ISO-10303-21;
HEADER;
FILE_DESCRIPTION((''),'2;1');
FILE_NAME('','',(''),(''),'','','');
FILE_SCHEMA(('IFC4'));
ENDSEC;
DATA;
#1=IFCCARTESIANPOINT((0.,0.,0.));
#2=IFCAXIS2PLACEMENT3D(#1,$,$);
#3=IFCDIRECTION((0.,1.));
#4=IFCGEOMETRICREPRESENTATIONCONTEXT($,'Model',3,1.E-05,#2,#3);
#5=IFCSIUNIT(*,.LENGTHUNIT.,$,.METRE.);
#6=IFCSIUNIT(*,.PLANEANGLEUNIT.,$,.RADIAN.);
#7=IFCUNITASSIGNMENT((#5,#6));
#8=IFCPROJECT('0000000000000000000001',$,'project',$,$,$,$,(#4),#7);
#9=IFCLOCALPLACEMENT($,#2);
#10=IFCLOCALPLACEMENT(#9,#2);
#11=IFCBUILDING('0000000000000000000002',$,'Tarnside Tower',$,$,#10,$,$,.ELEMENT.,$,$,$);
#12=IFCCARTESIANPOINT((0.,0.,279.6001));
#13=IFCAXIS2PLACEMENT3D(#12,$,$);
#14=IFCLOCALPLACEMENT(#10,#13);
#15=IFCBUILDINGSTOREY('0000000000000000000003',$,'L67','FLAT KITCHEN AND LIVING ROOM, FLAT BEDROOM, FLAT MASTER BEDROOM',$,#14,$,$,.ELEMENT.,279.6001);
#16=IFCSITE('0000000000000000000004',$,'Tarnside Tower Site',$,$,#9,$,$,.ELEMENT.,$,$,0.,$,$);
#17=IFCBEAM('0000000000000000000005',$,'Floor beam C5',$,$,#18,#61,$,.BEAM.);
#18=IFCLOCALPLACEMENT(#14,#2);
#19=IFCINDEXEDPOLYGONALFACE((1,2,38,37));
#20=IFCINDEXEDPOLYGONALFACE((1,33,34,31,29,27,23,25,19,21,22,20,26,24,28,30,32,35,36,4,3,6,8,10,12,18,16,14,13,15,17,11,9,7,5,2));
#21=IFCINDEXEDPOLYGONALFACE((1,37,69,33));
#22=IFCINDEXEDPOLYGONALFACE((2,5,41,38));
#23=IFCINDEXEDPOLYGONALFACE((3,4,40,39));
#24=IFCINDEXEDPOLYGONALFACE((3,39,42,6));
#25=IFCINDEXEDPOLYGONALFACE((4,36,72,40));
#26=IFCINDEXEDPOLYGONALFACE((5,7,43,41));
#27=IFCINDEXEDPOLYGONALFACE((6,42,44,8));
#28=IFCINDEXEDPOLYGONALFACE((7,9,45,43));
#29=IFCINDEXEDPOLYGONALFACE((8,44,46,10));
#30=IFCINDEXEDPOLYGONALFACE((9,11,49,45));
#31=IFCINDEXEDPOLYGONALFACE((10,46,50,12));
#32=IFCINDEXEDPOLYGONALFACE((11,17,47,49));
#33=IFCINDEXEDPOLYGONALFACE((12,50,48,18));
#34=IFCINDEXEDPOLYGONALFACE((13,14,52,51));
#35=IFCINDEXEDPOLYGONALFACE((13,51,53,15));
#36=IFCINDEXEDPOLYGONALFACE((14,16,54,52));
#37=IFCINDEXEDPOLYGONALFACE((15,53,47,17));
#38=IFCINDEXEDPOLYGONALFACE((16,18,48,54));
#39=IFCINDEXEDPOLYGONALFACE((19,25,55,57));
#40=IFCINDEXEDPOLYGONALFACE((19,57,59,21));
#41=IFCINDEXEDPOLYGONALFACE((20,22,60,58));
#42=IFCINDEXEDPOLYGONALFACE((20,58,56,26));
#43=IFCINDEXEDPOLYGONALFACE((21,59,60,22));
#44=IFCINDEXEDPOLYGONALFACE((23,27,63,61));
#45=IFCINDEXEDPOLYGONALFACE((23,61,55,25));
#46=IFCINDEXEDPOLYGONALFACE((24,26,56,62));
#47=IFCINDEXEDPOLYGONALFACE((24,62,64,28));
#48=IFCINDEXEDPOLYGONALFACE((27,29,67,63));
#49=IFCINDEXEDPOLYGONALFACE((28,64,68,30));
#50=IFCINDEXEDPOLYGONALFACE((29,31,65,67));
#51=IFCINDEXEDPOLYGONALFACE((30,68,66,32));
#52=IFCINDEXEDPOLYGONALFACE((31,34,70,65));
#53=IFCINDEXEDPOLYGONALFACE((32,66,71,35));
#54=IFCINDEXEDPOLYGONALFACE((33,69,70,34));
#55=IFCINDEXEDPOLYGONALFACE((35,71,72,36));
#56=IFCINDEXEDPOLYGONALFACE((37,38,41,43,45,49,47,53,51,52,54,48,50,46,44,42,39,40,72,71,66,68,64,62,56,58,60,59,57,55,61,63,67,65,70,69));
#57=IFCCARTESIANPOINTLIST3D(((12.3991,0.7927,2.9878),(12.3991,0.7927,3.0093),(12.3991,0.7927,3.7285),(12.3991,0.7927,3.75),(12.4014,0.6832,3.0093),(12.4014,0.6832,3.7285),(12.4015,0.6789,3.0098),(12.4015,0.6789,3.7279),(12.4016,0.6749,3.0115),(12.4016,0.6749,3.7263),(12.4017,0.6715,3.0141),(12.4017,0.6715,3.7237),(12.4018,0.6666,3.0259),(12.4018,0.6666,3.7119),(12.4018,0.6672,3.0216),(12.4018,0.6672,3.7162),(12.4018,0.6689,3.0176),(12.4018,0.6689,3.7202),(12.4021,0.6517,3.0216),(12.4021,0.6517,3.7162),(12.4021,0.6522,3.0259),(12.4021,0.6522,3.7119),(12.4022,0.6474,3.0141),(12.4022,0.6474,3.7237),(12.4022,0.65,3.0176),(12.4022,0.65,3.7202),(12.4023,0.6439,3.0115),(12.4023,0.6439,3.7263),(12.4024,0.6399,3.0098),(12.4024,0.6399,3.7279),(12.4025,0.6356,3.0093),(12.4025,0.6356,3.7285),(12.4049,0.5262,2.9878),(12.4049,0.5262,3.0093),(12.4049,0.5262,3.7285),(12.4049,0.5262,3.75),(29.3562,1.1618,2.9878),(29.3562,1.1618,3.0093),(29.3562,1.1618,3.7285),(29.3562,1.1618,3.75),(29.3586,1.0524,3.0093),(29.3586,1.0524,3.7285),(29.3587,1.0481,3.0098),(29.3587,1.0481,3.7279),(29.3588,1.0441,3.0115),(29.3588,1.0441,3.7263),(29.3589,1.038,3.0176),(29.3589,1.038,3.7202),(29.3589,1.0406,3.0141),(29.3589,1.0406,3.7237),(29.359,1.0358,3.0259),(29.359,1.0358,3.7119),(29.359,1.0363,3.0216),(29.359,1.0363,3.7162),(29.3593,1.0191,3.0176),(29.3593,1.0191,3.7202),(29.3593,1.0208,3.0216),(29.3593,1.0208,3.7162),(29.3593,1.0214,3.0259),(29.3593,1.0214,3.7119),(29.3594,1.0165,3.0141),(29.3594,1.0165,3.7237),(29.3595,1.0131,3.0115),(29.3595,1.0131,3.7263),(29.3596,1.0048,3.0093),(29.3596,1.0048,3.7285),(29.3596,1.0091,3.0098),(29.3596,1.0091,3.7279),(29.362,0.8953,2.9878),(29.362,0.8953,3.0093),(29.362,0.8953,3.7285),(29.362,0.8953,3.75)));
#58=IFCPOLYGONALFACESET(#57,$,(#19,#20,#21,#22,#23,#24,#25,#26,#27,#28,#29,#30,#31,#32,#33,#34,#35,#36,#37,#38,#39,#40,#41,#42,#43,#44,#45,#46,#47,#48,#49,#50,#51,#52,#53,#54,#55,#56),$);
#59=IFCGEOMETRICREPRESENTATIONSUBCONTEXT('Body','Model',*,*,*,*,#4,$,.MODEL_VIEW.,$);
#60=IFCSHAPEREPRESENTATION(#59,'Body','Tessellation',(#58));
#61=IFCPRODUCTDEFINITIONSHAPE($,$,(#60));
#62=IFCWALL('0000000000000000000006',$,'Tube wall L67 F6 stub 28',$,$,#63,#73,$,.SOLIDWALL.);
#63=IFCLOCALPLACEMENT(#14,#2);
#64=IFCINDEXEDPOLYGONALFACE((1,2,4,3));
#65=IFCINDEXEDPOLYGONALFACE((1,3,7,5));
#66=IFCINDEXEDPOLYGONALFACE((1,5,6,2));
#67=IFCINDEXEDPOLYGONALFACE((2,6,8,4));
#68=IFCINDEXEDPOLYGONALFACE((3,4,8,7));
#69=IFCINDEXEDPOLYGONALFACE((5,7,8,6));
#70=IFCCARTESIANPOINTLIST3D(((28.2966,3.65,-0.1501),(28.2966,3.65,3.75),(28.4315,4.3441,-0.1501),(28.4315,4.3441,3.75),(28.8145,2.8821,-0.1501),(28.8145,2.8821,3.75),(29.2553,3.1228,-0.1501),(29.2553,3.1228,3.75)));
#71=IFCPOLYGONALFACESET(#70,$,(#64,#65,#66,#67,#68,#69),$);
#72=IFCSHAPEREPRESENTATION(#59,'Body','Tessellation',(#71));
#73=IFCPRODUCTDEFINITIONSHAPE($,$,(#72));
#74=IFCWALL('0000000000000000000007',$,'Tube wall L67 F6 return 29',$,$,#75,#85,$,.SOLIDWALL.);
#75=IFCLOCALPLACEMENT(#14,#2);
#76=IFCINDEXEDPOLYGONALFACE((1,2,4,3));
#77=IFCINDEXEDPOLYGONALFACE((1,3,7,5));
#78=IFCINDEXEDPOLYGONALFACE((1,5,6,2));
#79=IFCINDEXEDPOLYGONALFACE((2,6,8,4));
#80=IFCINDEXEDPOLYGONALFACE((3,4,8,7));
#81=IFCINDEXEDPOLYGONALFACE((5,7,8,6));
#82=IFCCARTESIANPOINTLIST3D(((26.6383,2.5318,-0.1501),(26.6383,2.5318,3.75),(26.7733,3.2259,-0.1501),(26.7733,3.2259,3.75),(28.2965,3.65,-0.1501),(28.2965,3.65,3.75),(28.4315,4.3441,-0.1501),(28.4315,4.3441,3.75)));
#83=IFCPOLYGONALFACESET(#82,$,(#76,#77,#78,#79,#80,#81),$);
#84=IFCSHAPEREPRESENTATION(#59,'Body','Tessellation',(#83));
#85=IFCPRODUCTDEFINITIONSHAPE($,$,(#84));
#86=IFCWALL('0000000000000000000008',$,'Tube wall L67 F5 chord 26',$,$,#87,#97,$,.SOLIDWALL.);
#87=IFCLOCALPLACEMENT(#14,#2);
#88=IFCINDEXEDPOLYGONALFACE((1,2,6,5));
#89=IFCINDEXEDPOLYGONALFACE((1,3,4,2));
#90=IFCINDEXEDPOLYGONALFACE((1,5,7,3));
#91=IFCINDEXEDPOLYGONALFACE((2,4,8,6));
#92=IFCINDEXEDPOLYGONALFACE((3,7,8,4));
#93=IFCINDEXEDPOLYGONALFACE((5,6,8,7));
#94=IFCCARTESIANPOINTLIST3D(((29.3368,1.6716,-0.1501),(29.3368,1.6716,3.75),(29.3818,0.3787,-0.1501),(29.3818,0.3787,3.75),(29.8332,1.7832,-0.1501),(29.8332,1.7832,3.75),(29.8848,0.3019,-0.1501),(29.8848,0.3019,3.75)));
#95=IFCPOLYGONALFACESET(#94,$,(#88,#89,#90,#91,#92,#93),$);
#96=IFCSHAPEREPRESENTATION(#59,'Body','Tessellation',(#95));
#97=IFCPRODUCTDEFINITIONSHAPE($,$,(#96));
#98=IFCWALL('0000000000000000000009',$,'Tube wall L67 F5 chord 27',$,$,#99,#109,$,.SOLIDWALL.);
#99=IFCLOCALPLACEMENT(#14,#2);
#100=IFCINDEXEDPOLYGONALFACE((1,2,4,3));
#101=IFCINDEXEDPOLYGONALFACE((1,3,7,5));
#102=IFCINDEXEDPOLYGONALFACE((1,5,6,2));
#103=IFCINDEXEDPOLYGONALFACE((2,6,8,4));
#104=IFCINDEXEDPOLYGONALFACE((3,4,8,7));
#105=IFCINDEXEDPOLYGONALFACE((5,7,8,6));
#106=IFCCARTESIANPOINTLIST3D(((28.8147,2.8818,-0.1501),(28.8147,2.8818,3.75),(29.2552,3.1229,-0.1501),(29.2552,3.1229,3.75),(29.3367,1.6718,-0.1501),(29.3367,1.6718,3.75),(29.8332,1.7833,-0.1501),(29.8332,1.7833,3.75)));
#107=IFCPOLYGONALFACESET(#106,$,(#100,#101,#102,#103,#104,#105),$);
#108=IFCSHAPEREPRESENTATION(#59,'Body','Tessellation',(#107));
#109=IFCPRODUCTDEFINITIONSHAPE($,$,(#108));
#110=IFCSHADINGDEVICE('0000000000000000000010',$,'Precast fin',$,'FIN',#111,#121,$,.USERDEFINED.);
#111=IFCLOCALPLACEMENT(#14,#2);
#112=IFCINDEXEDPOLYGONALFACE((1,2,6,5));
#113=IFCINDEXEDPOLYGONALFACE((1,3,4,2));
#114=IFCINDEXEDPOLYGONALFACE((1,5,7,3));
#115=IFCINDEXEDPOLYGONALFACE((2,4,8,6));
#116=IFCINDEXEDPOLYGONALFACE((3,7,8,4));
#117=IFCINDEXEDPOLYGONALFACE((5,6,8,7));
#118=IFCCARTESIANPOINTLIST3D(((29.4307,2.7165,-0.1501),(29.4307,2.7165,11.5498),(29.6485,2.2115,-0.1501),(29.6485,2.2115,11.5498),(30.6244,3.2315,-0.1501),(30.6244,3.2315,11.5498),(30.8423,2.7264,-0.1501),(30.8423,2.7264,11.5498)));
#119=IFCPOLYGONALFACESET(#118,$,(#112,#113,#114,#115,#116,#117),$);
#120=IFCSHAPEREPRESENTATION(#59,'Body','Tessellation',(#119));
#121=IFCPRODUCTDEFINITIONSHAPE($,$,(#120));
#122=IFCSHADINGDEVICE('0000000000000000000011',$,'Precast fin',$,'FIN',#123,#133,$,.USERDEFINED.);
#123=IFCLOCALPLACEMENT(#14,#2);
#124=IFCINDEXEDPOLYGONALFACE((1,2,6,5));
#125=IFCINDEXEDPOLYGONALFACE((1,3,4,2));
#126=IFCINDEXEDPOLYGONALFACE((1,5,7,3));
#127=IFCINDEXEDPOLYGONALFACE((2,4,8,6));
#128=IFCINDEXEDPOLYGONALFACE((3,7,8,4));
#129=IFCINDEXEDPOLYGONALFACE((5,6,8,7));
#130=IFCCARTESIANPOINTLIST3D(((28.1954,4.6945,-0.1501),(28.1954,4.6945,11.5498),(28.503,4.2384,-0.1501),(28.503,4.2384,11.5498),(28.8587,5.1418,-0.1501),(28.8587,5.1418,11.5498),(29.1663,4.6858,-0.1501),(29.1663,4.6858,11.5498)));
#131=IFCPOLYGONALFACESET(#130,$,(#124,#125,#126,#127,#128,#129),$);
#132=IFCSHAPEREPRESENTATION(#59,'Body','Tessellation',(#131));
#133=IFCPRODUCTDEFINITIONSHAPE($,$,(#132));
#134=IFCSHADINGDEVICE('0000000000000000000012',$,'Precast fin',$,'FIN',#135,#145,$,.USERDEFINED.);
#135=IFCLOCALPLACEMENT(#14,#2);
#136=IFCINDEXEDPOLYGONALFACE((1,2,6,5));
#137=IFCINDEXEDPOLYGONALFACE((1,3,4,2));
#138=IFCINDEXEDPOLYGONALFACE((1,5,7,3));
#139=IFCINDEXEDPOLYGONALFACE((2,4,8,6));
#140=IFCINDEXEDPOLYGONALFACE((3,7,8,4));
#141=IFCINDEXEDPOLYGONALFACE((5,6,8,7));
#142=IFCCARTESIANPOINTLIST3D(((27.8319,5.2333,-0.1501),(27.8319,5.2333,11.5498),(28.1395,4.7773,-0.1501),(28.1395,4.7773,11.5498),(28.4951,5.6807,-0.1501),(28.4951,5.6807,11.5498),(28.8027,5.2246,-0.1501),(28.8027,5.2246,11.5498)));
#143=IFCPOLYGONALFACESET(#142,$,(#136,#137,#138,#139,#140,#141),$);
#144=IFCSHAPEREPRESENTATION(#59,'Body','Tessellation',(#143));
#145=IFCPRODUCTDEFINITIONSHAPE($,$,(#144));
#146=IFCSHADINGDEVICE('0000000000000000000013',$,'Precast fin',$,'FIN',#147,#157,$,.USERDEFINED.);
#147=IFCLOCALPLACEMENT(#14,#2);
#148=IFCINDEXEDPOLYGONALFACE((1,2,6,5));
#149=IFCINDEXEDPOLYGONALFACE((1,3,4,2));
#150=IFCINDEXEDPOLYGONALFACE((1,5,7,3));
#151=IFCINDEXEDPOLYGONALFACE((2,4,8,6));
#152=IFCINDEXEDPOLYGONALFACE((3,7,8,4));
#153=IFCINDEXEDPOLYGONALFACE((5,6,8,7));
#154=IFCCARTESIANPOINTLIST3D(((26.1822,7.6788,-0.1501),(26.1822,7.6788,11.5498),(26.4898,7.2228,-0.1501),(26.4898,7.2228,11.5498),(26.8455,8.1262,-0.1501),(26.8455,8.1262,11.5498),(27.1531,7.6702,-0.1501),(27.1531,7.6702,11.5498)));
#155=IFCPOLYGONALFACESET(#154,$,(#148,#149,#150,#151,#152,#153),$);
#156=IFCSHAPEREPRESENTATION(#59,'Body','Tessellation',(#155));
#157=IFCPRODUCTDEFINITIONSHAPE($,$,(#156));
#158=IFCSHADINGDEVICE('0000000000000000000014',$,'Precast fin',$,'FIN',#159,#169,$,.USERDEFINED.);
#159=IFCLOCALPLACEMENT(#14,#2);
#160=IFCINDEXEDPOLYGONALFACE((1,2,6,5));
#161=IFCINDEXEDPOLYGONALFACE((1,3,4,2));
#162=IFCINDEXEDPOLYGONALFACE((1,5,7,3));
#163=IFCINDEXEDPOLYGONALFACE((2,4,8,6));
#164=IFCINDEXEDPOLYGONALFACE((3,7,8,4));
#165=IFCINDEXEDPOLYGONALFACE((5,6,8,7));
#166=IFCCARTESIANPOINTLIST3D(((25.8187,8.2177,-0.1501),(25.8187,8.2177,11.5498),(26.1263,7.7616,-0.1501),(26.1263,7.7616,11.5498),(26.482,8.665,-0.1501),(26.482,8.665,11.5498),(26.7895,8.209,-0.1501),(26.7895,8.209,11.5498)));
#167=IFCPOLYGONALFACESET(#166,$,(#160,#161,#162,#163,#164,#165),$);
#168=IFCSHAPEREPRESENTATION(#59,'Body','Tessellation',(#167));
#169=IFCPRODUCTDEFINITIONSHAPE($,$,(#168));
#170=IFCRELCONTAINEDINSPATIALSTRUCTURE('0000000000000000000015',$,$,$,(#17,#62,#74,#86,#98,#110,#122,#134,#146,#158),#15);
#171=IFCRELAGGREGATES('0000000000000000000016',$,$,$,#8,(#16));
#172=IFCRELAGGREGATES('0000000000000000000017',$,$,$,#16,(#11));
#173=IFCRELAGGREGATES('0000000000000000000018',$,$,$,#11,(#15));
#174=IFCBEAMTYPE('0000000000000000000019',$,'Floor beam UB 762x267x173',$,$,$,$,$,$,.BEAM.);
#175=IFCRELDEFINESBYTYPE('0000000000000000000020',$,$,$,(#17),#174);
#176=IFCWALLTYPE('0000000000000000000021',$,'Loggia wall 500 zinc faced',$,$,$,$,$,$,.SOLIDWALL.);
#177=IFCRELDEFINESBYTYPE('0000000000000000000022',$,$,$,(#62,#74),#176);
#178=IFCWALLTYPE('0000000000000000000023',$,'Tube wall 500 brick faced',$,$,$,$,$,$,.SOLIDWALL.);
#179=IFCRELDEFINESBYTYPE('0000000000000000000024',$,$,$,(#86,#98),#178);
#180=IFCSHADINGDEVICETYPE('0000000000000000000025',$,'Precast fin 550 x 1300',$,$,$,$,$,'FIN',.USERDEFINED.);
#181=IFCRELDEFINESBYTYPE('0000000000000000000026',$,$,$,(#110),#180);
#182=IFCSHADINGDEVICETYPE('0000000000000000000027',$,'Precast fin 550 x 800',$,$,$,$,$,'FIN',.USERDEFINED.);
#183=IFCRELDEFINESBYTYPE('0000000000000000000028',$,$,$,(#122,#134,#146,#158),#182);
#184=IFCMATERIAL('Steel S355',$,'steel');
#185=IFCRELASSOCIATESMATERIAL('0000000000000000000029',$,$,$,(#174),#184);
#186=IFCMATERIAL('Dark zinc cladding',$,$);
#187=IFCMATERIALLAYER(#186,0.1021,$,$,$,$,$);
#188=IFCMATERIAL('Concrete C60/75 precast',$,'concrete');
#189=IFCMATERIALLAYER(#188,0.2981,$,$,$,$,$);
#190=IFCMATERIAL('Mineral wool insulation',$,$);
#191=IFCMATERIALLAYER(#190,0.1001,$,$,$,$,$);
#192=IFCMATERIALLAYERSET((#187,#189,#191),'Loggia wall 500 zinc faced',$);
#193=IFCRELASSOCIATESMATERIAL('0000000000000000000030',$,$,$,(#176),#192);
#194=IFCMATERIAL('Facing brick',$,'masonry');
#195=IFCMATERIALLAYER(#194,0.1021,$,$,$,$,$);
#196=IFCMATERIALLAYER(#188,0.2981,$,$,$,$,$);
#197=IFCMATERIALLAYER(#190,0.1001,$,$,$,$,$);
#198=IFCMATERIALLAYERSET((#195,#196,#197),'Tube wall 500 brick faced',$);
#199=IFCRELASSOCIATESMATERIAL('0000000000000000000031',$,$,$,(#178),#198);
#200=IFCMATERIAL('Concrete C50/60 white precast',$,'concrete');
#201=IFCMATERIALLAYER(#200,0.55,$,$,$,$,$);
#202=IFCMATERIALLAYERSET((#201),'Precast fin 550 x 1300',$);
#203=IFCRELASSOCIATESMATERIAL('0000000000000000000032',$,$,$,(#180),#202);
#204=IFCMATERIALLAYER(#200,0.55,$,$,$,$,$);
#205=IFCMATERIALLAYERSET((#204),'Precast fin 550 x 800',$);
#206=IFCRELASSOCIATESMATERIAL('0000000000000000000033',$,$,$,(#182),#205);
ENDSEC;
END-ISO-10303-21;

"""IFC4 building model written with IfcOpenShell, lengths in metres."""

from ifc_helpers import new_model, si_unit, direction, frame, origin, origin_2d, place, context, subcontext, project, spatial, polyline, i_section, outline, extrude, material, layer, layer_set, material_profile, profile_set, type_object, element, save


model = new_model("IFC4")

# Units and contexts
model_context = context("Model", 3, precision=1e-05, world=origin(), true_north=direction((0.0, 1.0)))
body_context = subcontext(model_context, "Body", "Model", "MODEL_VIEW")
ifc_project = project(units=[si_unit("LENGTHUNIT", "METRE"), si_unit("PLANEANGLEUNIT", "RADIAN")], contexts=[model_context])

# Site, building, storey
site_placement = place(None, origin())
site = spatial("IfcSite", under=ifc_project, at=site_placement, Name="Tarnside Tower Site", CompositionType="ELEMENT", RefElevation=0.0)
building_placement = place(site_placement, origin())
building = spatial("IfcBuilding", under=site, at=building_placement, Name="Tarnside Tower", CompositionType="ELEMENT")
storey_placement = place(building_placement, frame((0.0, 0.0, 279.6001)))
storey = spatial("IfcBuildingStorey", under=building, at=storey_placement, Name="L67", Description="FLAT KITCHEN AND LIVING ROOM, FLAT BEDROOM, FLAT MASTER BEDROOM", CompositionType="ELEMENT", Elevation=279.6001)

# Beam
ifc_material_1 = material(Name="Steel S355", Category="steel")
ifc_material_profile = material_profile(ifc_material_1, i_section(OverallWidth=0.2666, OverallDepth=0.7622, WebThickness=0.0144, FlangeThickness=0.0215, FilletRadius=0.0166, at=origin_2d()), Name="UB 762x267x173")
ifc_profile_set = profile_set([ifc_material_profile], Name="Steel S355")
beam_type = type_object("IfcBeamType", Name="Floor beam UB 762x267x173", PredefinedType="BEAM", material=ifc_profile_set)
beam_placement = place(storey_placement, frame((29.3591, 1.0286, 3.3689), z_axis=(-0.999763, -0.021764, 0.0), x_axis=(0.021764, -0.999763, 0.0)))
element("IfcBeam", 1, at=beam_placement, inside=storey, type_object=beam_type, Name="Floor beam C5", PredefinedType="BEAM", context=body_context, shape_type="SweptSolid", body=[
    extrude(i_section(OverallWidth=0.2666, OverallDepth=0.7622, WebThickness=0.0144, FlangeThickness=0.0215, FilletRadius=0.0166, at=origin_2d()), origin(), (0.0, 0.0, 1.0), 16.9612),
])

# Walls
ifc_material_2 = material(Name="Dark zinc cladding")
ifc_layer_1 = layer(ifc_material_2, 0.1021)
ifc_material_3 = material(Name="Concrete C60/75 precast", Category="concrete")
ifc_layer_2 = layer(ifc_material_3, 0.2981)
ifc_material_4 = material(Name="Mineral wool insulation")
ifc_layer_3 = layer(ifc_material_4, 0.1001)
ifc_layer_set_1 = layer_set([ifc_layer_1, ifc_layer_2, ifc_layer_3], Name="Loggia wall 500 zinc faced")
wall_type_1 = type_object("IfcWallType", Name="Loggia wall 500 zinc faced", PredefinedType="SOLIDWALL", material=ifc_layer_set_1)
wall_1_placement = place(storey_placement, frame((29.0349, 3.0024, -0.1501), z_axis=(0.0, 0.0, 1.0), x_axis=(-0.5592, 0.829033, 0.0)))
element("IfcWall", 2, at=wall_1_placement, inside=storey, type_object=wall_type_1, Name="Tube wall L67 F6 stub 28", PredefinedType="SOLIDWALL", context=body_context, shape_type="SweptSolid", body=[
    extrude(outline(polyline([(-0.0234, -0.25), (1.4497, -0.25), (0.9497, 0.25), (0.0234, 0.25), (-0.0234, -0.25)])), origin(), (0.0, 0.0, 1.0), 3.9001),
])
wall_2_placement = place(storey_placement, frame((28.364, 3.9971, -0.1501), z_axis=(0.0, 0.0, 1.0), x_axis=(-0.829109, -0.559087, 0.0)))
element("IfcWall", 3, at=wall_2_placement, inside=storey, type_object=wall_type_1, Name="Tube wall L67 F6 return 29", PredefinedType="SOLIDWALL", context=body_context, shape_type="SweptSolid", body=[
    extrude(outline(polyline([(-0.25, -0.25), (1.75, -0.25), (2.25, 0.25), (0.25, 0.25), (-0.25, -0.25)])), origin(), (0.0, 0.0, 1.0), 3.9001),
])

# Walls
ifc_material_5 = material(Name="Facing brick", Category="masonry")
ifc_layer_4 = layer(ifc_material_5, 0.1021)
ifc_layer_5 = layer(ifc_material_3, 0.2981)
ifc_layer_6 = layer(ifc_material_4, 0.1001)
ifc_layer_set_2 = layer_set([ifc_layer_4, ifc_layer_5, ifc_layer_6], Name="Tube wall 500 brick faced")
wall_type_2 = type_object("IfcWallType", Name="Tube wall 500 brick faced", PredefinedType="SOLIDWALL", material=ifc_layer_set_2)
wall_3_placement = place(storey_placement, frame((29.6333, 0.3403, -0.1501), z_axis=(0.0, 0.0, 1.0), x_axis=(-0.034826, 0.999393, 0.0)))
element("IfcWall", 4, at=wall_3_placement, inside=storey, type_object=wall_type_2, Name="Tube wall L67 F5 chord 26", PredefinedType="SOLIDWALL", context=body_context, shape_type="SweptSolid", body=[
    extrude(outline(polyline([(-0.0471, -0.25), (1.4351, -0.25), (1.3408, 0.25), (0.0471, 0.25), (-0.0471, -0.25)])), origin(), (0.0, 0.0, 1.0), 3.9001),
])
wall_4_placement = place(storey_placement, frame((29.585, 1.7275, -0.1501), z_axis=(0.0, 0.0, 1.0), x_axis=(-0.396146, 0.918187, 0.0)))
element("IfcWall", 5, at=wall_4_placement, inside=storey, type_object=wall_type_2, Name="Tube wall L67 F5 chord 27", PredefinedType="SOLIDWALL", context=body_context, shape_type="SweptSolid", body=[
    extrude(outline(polyline([(-0.0471, -0.25), (1.4119, -0.25), (1.365, 0.25), (0.0471, 0.25), (-0.0471, -0.25)])), origin(), (0.0, 0.0, 1.0), 3.9001),
])

# Shading devices
ifc_material_6 = material(Name="Concrete C50/60 white precast", Category="concrete")
ifc_layer_7 = layer(ifc_material_6, 0.55)
ifc_layer_set_3 = layer_set([ifc_layer_7], Name="Precast fin 550 x 1300")
shading_device_type_1 = type_object("IfcShadingDeviceType", Name="Precast fin 550 x 1300", ElementType="FIN", PredefinedType="USERDEFINED", material=ifc_layer_set_3)
shading_device_placement = place(storey_placement, frame((29.5396, 2.4641, -0.1501), z_axis=(0.39608, -0.918216, 0.0), x_axis=(0.918216, 0.39608, 0.0)))
element("IfcShadingDevice", 6, at=shading_device_placement, inside=storey, type_object=shading_device_type_1, Name="Precast fin", ObjectType="FIN", PredefinedType="USERDEFINED", context=body_context, shape_type="SweptSolid", body=[
    extrude(outline(polyline([(0.0, 0.0), (1.3, 0.0), (1.3, 11.7), (0.0, 11.7), (0.0, 0.0)])), frame((0.0, 0.0, -0.2749)), (0.0, 0.0, 1.0), 0.55),
])
ifc_layer_8 = layer(ifc_material_6, 0.55)
ifc_layer_set_4 = layer_set([ifc_layer_8], Name="Precast fin 550 x 800")
shading_device_type_2 = type_object("IfcShadingDeviceType", Name="Precast fin 550 x 800", ElementType="FIN", PredefinedType="USERDEFINED", material=ifc_layer_set_4)
for number, where, z_axis, x_axis, name in (
    (7, (28.3491, 4.4666, -0.1501), (0.559193, -0.829038, 0.0), (0.829038, 0.559193, 0.0), "Precast fin"),
    (8, (27.9856, 5.0054, -0.1501), (0.559193, -0.829038, 0.0), (0.829038, 0.559193, 0.0), "Precast fin"),
    (9, (26.3359, 7.4509, -0.1501), (0.559193, -0.829038, 0.0), (0.829038, 0.559193, 0.0), "Precast fin"),
    (10, (25.9724, 7.9897, -0.1501), (0.559193, -0.829038, 0.0), (0.829038, 0.559193, 0.0), "Precast fin"),
):
    element("IfcShadingDevice", number, at=place(storey_placement, frame(where, z_axis=z_axis, x_axis=x_axis)), inside=storey, type_object=shading_device_type_2, Name=name, ObjectType="FIN", PredefinedType="USERDEFINED", context=body_context, shape_type="SweptSolid", body=[
        extrude(outline(polyline([(0.0, 0.0), (0.8, 0.0), (0.8, 11.7), (0.0, 11.7), (0.0, 0.0)])), frame((0.0, 0.0, -0.2749)), (0.0, 0.0, 1.0), 0.55),
    ])

save(model, "model.ifc")
